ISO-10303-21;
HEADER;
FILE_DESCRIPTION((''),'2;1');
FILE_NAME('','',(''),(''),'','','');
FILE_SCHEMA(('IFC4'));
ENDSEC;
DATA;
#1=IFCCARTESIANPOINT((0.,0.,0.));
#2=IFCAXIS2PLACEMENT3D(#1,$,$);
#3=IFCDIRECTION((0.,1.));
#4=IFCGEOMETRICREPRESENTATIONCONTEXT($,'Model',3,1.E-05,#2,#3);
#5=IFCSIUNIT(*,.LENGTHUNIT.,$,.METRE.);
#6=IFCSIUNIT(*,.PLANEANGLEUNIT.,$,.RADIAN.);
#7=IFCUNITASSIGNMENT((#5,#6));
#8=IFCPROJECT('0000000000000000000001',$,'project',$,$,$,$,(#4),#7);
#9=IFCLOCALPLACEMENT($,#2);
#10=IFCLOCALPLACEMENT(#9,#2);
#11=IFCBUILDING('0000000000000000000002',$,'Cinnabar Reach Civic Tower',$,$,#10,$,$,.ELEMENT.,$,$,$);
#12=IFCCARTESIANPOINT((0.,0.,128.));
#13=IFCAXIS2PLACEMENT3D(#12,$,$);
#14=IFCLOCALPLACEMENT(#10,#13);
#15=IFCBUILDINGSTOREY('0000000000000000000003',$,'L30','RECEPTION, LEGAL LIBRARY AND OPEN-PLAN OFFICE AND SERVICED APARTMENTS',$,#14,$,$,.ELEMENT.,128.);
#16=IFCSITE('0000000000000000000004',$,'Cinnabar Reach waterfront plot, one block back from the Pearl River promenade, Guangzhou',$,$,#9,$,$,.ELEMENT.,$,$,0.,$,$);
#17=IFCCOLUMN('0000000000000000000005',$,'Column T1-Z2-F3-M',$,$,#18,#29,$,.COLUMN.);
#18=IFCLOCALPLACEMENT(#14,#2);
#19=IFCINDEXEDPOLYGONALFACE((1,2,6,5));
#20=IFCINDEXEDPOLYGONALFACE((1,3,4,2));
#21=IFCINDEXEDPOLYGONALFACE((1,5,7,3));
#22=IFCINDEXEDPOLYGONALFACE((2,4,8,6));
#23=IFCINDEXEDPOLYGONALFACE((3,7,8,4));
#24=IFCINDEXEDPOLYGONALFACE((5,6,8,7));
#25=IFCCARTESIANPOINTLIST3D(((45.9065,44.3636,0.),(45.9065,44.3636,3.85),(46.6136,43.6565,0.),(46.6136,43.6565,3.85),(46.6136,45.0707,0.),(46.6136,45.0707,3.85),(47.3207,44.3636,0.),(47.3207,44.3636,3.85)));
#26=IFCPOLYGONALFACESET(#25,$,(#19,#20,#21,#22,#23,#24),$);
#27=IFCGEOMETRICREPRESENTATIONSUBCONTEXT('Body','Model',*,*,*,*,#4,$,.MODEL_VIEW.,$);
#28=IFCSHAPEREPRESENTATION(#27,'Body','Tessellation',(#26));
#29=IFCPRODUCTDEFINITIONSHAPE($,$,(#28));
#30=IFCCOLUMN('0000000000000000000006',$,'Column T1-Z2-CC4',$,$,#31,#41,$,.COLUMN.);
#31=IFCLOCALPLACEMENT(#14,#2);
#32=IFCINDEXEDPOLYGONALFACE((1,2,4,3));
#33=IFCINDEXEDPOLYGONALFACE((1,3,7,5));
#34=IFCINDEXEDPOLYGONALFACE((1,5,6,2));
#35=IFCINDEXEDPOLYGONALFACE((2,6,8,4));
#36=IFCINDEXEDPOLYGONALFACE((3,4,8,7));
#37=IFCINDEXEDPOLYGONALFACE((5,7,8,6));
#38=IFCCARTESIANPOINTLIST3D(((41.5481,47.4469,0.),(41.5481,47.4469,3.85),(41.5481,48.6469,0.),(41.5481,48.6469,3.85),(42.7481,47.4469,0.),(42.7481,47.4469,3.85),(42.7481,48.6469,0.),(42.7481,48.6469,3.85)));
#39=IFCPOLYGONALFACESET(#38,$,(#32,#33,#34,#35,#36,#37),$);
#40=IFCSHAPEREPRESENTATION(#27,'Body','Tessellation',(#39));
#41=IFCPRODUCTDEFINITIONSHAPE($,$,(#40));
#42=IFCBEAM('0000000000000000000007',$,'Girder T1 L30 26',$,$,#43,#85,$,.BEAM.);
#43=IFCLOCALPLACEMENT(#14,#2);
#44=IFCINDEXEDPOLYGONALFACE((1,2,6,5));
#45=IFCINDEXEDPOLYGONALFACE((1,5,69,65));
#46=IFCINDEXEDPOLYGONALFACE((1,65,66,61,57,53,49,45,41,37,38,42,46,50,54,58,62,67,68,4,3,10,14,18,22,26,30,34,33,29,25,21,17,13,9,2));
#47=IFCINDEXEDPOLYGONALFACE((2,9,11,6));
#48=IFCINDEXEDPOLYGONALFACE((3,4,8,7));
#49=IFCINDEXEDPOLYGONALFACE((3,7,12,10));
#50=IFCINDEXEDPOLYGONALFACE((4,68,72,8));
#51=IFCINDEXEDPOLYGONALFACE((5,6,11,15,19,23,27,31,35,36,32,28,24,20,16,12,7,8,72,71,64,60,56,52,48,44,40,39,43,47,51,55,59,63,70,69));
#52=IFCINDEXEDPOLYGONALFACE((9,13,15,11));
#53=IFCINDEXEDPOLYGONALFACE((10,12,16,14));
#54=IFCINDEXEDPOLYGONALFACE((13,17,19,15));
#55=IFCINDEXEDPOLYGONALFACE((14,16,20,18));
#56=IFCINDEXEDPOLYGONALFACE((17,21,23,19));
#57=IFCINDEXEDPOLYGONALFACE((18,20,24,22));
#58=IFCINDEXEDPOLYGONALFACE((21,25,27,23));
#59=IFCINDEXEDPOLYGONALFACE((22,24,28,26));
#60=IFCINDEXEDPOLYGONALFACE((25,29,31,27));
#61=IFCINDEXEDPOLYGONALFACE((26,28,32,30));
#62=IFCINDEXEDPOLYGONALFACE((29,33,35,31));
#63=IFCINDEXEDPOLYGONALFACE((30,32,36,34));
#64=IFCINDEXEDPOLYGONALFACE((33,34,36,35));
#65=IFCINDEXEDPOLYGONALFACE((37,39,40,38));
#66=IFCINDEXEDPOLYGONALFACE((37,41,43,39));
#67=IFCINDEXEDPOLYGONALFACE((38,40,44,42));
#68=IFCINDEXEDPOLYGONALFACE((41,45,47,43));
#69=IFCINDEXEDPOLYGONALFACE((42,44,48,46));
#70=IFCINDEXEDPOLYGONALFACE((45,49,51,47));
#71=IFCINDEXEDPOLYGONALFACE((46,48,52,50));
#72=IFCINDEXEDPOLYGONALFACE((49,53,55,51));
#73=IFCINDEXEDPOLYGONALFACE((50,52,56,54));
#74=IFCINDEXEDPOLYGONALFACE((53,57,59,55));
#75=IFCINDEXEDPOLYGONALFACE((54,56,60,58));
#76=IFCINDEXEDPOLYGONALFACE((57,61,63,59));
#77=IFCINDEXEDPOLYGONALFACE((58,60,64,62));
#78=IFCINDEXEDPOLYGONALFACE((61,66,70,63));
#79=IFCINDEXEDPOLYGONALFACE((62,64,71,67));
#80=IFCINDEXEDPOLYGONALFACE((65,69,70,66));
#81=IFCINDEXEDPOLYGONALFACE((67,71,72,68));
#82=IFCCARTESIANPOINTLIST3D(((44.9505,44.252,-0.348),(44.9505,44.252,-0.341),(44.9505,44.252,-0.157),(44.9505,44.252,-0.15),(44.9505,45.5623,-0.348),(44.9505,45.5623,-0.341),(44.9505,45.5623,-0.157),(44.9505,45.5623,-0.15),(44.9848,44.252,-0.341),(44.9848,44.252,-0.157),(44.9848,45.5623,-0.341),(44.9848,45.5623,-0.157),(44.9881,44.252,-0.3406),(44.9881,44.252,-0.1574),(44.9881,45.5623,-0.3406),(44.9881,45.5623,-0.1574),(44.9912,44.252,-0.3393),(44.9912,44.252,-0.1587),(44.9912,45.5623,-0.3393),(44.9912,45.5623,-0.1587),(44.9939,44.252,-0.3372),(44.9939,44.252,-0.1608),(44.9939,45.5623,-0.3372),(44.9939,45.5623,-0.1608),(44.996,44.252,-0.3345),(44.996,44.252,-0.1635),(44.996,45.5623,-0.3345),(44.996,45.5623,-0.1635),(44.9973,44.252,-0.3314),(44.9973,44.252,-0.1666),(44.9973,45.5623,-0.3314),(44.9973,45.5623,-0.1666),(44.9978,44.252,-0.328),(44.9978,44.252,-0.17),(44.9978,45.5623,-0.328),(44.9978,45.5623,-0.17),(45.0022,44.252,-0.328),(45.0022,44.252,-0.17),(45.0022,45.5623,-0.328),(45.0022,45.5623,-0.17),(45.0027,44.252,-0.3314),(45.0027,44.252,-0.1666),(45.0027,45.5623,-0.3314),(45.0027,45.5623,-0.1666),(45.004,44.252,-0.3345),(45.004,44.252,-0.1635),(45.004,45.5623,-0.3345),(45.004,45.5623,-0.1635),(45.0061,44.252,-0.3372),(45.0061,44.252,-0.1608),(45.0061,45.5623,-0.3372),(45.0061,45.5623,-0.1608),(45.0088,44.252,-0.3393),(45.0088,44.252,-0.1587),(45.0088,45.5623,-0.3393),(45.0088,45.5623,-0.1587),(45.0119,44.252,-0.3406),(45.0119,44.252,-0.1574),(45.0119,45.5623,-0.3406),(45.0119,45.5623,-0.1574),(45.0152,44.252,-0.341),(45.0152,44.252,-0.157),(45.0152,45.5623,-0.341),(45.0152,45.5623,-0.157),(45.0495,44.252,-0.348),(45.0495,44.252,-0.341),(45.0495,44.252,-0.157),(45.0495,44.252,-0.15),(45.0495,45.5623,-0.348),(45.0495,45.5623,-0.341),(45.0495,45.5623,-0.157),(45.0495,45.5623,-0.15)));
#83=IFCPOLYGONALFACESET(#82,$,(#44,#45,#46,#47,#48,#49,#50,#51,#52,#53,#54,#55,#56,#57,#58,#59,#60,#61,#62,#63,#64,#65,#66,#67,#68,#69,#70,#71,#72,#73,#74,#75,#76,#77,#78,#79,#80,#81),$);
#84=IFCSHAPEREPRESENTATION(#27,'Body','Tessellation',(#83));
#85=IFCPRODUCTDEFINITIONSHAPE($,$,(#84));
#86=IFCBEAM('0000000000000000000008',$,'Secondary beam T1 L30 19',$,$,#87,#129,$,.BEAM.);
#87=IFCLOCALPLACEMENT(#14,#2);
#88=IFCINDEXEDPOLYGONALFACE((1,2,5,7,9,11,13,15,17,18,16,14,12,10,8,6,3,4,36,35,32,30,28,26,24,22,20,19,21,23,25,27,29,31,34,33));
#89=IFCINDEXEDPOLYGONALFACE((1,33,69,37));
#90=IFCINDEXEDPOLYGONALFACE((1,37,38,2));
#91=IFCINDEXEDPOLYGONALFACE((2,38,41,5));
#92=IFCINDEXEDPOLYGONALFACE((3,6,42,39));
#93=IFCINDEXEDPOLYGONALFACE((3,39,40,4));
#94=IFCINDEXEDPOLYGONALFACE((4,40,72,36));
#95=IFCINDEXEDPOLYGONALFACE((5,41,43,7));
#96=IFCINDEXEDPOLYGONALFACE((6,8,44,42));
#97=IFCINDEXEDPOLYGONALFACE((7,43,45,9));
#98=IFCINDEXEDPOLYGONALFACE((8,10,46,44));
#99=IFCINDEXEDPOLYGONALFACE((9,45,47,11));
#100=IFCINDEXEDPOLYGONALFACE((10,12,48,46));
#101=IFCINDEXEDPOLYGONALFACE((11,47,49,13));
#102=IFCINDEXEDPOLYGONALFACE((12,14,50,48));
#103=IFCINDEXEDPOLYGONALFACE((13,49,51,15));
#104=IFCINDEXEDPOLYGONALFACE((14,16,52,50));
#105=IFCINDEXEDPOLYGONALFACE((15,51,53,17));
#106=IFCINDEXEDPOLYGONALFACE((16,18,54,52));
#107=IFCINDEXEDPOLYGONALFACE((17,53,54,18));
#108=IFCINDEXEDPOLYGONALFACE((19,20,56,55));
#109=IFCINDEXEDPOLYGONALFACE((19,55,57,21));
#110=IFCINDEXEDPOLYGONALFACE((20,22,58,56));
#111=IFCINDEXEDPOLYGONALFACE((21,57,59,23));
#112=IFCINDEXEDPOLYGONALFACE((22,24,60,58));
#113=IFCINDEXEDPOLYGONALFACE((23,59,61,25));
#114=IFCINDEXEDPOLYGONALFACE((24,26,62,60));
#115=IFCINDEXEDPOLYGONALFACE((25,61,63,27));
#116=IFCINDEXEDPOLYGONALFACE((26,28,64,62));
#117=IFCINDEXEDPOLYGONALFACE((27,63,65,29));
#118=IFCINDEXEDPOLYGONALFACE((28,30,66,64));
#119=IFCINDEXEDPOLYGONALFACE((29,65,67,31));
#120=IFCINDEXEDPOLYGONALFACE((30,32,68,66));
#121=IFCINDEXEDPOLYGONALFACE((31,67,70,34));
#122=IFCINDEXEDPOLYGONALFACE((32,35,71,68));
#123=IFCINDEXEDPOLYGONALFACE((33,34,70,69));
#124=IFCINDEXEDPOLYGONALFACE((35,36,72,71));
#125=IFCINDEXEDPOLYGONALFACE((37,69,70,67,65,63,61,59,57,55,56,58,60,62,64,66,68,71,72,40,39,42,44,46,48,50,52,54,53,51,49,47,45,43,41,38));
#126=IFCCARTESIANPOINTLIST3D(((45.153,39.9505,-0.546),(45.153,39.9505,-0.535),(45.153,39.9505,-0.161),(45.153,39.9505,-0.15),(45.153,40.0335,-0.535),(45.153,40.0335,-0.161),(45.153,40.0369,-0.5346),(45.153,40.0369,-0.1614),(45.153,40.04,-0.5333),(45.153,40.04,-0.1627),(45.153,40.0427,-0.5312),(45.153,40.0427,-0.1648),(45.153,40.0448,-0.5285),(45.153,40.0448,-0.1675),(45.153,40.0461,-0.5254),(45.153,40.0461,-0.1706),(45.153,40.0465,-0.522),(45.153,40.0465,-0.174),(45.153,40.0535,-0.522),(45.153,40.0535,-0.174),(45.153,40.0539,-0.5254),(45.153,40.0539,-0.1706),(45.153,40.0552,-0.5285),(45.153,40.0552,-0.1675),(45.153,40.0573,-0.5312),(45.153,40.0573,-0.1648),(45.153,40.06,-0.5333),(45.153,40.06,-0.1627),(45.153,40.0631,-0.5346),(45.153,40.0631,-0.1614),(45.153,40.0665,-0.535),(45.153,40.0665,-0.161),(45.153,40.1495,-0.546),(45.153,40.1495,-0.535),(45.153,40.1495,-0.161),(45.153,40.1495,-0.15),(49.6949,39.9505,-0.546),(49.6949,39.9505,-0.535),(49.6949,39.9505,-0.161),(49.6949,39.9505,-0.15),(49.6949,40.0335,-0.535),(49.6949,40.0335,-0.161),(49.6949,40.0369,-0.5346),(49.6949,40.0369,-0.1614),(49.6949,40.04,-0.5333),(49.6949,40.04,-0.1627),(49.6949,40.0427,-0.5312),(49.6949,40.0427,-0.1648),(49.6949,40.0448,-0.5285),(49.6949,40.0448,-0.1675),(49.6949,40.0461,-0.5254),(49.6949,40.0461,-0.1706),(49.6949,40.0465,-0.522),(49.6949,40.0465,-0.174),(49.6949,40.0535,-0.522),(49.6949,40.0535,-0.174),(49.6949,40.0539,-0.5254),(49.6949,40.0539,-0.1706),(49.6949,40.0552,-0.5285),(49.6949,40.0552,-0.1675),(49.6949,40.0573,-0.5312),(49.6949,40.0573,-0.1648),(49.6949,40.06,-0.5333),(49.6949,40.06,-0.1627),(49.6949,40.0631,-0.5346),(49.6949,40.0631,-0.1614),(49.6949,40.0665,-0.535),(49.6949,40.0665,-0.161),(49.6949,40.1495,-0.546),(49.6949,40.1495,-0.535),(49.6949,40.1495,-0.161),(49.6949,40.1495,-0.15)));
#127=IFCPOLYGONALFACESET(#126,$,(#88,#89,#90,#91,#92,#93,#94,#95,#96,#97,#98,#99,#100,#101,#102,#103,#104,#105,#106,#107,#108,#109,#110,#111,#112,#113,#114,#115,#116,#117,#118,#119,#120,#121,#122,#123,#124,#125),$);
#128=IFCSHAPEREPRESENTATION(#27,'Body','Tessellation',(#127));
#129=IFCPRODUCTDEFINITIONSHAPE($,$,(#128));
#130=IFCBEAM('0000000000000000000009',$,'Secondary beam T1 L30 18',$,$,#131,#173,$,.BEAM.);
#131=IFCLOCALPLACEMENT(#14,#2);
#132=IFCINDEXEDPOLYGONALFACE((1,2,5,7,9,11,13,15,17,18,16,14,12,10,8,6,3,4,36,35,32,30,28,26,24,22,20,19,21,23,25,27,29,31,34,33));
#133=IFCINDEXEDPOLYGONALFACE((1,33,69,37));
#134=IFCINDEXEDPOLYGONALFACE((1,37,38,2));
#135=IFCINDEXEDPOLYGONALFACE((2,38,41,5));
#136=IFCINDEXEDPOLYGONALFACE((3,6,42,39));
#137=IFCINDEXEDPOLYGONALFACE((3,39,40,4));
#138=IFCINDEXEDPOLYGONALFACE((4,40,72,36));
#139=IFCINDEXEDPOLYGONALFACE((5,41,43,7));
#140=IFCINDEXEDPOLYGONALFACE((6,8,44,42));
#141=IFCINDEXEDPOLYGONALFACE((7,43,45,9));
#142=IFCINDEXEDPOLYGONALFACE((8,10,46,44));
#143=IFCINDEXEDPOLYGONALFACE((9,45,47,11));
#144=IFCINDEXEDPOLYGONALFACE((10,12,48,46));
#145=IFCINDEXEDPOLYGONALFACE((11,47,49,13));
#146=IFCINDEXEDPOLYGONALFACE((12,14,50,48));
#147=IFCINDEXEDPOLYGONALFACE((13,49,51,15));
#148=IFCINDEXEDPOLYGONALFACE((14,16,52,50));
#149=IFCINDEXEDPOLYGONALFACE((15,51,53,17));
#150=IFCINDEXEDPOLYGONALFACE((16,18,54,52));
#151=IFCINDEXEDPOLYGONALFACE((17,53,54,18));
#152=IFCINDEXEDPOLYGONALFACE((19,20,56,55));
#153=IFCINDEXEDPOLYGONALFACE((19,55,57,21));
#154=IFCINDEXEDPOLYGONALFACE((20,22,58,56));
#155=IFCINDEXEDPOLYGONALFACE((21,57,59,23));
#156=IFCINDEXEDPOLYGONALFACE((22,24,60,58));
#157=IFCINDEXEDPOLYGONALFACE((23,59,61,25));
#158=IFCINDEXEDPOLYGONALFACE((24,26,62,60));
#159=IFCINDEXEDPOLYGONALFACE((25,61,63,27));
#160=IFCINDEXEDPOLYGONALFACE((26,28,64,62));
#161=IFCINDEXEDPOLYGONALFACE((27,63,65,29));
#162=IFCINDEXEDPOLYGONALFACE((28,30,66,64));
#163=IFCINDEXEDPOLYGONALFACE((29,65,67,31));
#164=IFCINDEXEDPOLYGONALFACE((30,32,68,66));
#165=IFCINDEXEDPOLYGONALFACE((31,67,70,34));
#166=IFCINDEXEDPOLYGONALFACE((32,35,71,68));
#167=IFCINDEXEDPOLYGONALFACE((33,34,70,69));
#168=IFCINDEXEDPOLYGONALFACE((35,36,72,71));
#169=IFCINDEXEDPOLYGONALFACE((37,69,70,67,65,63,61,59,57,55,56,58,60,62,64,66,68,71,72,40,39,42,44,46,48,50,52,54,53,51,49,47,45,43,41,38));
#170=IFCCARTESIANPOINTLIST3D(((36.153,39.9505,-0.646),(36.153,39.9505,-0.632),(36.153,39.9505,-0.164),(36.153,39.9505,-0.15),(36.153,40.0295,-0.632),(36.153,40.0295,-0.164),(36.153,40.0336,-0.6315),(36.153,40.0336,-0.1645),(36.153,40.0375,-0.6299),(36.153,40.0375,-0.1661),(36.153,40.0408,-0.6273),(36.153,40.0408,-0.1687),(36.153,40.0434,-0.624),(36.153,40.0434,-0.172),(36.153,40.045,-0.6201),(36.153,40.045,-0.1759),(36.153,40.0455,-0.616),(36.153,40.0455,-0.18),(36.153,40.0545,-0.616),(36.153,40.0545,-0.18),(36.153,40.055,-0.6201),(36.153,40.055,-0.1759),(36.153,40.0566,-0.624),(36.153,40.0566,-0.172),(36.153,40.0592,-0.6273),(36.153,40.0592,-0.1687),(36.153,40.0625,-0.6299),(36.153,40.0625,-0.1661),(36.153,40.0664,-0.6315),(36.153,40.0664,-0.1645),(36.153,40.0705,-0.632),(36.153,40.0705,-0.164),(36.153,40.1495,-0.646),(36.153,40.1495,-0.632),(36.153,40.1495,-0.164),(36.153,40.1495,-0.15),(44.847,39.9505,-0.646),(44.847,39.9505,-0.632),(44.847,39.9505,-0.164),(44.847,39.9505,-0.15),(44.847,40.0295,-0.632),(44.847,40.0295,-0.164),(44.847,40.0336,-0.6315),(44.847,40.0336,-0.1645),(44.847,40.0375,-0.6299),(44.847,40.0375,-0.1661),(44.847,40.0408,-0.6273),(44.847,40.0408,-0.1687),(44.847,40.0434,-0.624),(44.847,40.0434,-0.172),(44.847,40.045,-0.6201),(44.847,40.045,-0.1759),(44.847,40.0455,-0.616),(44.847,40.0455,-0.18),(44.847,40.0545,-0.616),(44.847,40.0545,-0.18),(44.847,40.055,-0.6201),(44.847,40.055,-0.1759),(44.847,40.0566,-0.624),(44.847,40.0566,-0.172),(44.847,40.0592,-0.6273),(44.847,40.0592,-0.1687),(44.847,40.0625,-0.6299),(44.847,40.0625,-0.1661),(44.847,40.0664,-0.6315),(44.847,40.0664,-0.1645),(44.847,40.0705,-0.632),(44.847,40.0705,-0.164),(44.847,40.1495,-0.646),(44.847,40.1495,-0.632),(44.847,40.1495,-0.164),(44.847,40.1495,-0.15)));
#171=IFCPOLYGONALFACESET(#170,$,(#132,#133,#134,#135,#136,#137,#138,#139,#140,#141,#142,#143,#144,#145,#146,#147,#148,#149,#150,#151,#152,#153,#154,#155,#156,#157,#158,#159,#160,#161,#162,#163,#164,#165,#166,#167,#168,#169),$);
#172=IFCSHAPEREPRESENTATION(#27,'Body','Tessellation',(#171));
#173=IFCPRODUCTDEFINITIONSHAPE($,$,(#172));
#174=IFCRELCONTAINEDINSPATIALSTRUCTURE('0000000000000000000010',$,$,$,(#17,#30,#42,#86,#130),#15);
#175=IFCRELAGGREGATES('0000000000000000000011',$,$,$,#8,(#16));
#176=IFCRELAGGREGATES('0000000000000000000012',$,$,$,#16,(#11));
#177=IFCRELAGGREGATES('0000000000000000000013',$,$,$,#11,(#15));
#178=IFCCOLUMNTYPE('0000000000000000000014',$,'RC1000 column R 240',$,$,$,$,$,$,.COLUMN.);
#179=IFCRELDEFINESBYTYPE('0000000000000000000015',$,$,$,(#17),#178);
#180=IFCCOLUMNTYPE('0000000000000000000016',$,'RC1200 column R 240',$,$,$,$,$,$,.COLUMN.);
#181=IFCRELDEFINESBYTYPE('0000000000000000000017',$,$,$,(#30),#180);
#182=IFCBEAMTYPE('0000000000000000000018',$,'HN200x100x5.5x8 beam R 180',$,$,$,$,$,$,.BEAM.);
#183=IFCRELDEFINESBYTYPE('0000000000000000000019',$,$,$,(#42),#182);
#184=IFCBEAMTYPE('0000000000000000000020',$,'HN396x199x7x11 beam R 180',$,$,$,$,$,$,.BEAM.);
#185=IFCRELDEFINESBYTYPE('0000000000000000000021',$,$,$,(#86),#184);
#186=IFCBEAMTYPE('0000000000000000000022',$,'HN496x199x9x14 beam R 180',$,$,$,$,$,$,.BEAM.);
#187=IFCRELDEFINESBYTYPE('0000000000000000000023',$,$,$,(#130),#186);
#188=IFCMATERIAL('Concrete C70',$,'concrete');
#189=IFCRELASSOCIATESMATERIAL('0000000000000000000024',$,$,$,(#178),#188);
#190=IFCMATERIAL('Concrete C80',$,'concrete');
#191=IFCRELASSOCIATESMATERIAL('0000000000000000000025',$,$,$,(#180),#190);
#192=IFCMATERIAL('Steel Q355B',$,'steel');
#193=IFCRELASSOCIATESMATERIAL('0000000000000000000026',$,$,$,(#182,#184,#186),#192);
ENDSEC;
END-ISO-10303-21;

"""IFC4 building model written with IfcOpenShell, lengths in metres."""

from ifc_helpers import new_model, si_unit, direction, frame, origin, origin_2d, place, context, subcontext, project, spatial, rectangle, i_section, extrude, material, material_profile, profile_set, type_object, element, save


model = new_model("IFC4")

# Units and contexts
model_context = context("Model", 3, precision=1e-05, world=origin(), true_north=direction((0.0, 1.0)))
body_context = subcontext(model_context, "Body", "Model", "MODEL_VIEW")
ifc_project = project(units=[si_unit("LENGTHUNIT", "METRE"), si_unit("PLANEANGLEUNIT", "RADIAN")], contexts=[model_context])

# Site, building, storey
site_placement = place(None, origin())
site = spatial("IfcSite", under=ifc_project, at=site_placement, Name="Cinnabar Reach waterfront plot, one block back from the Pearl River promenade, Guangzhou", CompositionType="ELEMENT", RefElevation=0.0)
building_placement = place(site_placement, origin())
building = spatial("IfcBuilding", under=site, at=building_placement, Name="Cinnabar Reach Civic Tower", CompositionType="ELEMENT")
storey_placement = place(building_placement, frame((0.0, 0.0, 128.0)))
storey = spatial("IfcBuildingStorey", under=building, at=storey_placement, Name="L30", Description="RECEPTION, LEGAL LIBRARY AND OPEN-PLAN OFFICE AND SERVICED APARTMENTS", CompositionType="ELEMENT", Elevation=128.0)

# Columns
ifc_material_1 = material(Name="Concrete C70", Category="concrete")
ifc_material_profile_1 = material_profile(ifc_material_1, rectangle(XDim=1.0, YDim=1.0, at=origin_2d()), Name="RC1000")
ifc_profile_set_1 = profile_set([ifc_material_profile_1], Name="Concrete C70")
column_type_1 = type_object("IfcColumnType", Name="RC1000 column R 240", PredefinedType="COLUMN", material=ifc_profile_set_1)
column_1_placement = place(storey_placement, frame((46.6136, 44.3636, 0.0), z_axis=(0.0, 0.0, 1.0), x_axis=(0.707107, 0.707107, 0.0)))
element("IfcColumn", 1, at=column_1_placement, inside=storey, type_object=column_type_1, Name="Column T1-Z2-F3-M", PredefinedType="COLUMN", context=body_context, shape_type="SweptSolid", body=[
    extrude(rectangle(XDim=1.0, YDim=1.0, at=origin_2d()), origin(), (0.0, 0.0, 1.0), 3.85),
])
ifc_material_2 = material(Name="Concrete C80", Category="concrete")
ifc_material_profile_2 = material_profile(ifc_material_2, rectangle(XDim=1.2, YDim=1.2, at=origin_2d()), Name="RC1200")
ifc_profile_set_2 = profile_set([ifc_material_profile_2], Name="Concrete C80")
column_type_2 = type_object("IfcColumnType", Name="RC1200 column R 240", PredefinedType="COLUMN", material=ifc_profile_set_2)
column_2_placement = place(storey_placement, frame((42.1481, 48.0469, 0.0), z_axis=(0.0, 0.0, 1.0), x_axis=(1.0, 0.0, 0.0)))
element("IfcColumn", 2, at=column_2_placement, inside=storey, type_object=column_type_2, Name="Column T1-Z2-CC4", PredefinedType="COLUMN", context=body_context, shape_type="SweptSolid", body=[
    extrude(rectangle(XDim=1.2, YDim=1.2, at=origin_2d()), origin(), (0.0, 0.0, 1.0), 3.85),
])

# Beams
ifc_material_3 = material(Name="Steel Q355B", Category="steel")
ifc_material_profile_3 = material_profile(ifc_material_3, i_section(OverallWidth=0.099, OverallDepth=0.198, WebThickness=0.0045, FlangeThickness=0.007, FilletRadius=0.013, at=origin_2d()), Name="HN200x100x5.5x8")
ifc_profile_set_3 = profile_set([ifc_material_profile_3], Name="Steel Q355B")
beam_type_1 = type_object("IfcBeamType", Name="HN200x100x5.5x8 beam R 180", PredefinedType="BEAM", material=ifc_profile_set_3)
beam_1_placement = place(storey_placement, frame((45.0, 44.252, -0.249), z_axis=(0.0, 1.0, 0.0), x_axis=(-1.0, 0.0, 0.0)))
element("IfcBeam", 3, at=beam_1_placement, inside=storey, type_object=beam_type_1, Name="Girder T1 L30 26", PredefinedType="BEAM", context=body_context, shape_type="SweptSolid", body=[
    extrude(i_section(OverallWidth=0.099, OverallDepth=0.198, WebThickness=0.0045, FlangeThickness=0.007, FilletRadius=0.013, at=origin_2d()), origin(), (0.0, 0.0, 1.0), 1.3103),
])
ifc_material_profile_4 = material_profile(ifc_material_3, i_section(OverallWidth=0.199, OverallDepth=0.396, WebThickness=0.007, FlangeThickness=0.011, FilletRadius=0.013, at=origin_2d()), Name="HN396x199x7x11")
ifc_profile_set_4 = profile_set([ifc_material_profile_4], Name="Steel Q355B")
beam_type_2 = type_object("IfcBeamType", Name="HN396x199x7x11 beam R 180", PredefinedType="BEAM", material=ifc_profile_set_4)
beam_2_placement = place(storey_placement, frame((45.153, 40.05, -0.348), z_axis=(1.0, 0.0, 0.0), x_axis=(0.0, 1.0, 0.0)))
element("IfcBeam", 4, at=beam_2_placement, inside=storey, type_object=beam_type_2, Name="Secondary beam T1 L30 19", PredefinedType="BEAM", context=body_context, shape_type="SweptSolid", body=[
    extrude(i_section(OverallWidth=0.199, OverallDepth=0.396, WebThickness=0.007, FlangeThickness=0.011, FilletRadius=0.013, at=origin_2d()), origin(), (0.0, 0.0, 1.0), 4.5419),
])
ifc_material_profile_5 = material_profile(ifc_material_3, i_section(OverallWidth=0.199, OverallDepth=0.496, WebThickness=0.009, FlangeThickness=0.014, FilletRadius=0.016, at=origin_2d()), Name="HN496x199x9x14")
ifc_profile_set_5 = profile_set([ifc_material_profile_5], Name="Steel Q355B")
beam_type_3 = type_object("IfcBeamType", Name="HN496x199x9x14 beam R 180", PredefinedType="BEAM", material=ifc_profile_set_5)
beam_3_placement = place(storey_placement, frame((36.153, 40.05, -0.398), z_axis=(1.0, 0.0, 0.0), x_axis=(0.0, 1.0, 0.0)))
element("IfcBeam", 5, at=beam_3_placement, inside=storey, type_object=beam_type_3, Name="Secondary beam T1 L30 18", PredefinedType="BEAM", context=body_context, shape_type="SweptSolid", body=[
    extrude(i_section(OverallWidth=0.199, OverallDepth=0.496, WebThickness=0.009, FlangeThickness=0.014, FilletRadius=0.016, at=origin_2d()), origin(), (0.0, 0.0, 1.0), 8.694),
])

save(model, "model.ifc")
